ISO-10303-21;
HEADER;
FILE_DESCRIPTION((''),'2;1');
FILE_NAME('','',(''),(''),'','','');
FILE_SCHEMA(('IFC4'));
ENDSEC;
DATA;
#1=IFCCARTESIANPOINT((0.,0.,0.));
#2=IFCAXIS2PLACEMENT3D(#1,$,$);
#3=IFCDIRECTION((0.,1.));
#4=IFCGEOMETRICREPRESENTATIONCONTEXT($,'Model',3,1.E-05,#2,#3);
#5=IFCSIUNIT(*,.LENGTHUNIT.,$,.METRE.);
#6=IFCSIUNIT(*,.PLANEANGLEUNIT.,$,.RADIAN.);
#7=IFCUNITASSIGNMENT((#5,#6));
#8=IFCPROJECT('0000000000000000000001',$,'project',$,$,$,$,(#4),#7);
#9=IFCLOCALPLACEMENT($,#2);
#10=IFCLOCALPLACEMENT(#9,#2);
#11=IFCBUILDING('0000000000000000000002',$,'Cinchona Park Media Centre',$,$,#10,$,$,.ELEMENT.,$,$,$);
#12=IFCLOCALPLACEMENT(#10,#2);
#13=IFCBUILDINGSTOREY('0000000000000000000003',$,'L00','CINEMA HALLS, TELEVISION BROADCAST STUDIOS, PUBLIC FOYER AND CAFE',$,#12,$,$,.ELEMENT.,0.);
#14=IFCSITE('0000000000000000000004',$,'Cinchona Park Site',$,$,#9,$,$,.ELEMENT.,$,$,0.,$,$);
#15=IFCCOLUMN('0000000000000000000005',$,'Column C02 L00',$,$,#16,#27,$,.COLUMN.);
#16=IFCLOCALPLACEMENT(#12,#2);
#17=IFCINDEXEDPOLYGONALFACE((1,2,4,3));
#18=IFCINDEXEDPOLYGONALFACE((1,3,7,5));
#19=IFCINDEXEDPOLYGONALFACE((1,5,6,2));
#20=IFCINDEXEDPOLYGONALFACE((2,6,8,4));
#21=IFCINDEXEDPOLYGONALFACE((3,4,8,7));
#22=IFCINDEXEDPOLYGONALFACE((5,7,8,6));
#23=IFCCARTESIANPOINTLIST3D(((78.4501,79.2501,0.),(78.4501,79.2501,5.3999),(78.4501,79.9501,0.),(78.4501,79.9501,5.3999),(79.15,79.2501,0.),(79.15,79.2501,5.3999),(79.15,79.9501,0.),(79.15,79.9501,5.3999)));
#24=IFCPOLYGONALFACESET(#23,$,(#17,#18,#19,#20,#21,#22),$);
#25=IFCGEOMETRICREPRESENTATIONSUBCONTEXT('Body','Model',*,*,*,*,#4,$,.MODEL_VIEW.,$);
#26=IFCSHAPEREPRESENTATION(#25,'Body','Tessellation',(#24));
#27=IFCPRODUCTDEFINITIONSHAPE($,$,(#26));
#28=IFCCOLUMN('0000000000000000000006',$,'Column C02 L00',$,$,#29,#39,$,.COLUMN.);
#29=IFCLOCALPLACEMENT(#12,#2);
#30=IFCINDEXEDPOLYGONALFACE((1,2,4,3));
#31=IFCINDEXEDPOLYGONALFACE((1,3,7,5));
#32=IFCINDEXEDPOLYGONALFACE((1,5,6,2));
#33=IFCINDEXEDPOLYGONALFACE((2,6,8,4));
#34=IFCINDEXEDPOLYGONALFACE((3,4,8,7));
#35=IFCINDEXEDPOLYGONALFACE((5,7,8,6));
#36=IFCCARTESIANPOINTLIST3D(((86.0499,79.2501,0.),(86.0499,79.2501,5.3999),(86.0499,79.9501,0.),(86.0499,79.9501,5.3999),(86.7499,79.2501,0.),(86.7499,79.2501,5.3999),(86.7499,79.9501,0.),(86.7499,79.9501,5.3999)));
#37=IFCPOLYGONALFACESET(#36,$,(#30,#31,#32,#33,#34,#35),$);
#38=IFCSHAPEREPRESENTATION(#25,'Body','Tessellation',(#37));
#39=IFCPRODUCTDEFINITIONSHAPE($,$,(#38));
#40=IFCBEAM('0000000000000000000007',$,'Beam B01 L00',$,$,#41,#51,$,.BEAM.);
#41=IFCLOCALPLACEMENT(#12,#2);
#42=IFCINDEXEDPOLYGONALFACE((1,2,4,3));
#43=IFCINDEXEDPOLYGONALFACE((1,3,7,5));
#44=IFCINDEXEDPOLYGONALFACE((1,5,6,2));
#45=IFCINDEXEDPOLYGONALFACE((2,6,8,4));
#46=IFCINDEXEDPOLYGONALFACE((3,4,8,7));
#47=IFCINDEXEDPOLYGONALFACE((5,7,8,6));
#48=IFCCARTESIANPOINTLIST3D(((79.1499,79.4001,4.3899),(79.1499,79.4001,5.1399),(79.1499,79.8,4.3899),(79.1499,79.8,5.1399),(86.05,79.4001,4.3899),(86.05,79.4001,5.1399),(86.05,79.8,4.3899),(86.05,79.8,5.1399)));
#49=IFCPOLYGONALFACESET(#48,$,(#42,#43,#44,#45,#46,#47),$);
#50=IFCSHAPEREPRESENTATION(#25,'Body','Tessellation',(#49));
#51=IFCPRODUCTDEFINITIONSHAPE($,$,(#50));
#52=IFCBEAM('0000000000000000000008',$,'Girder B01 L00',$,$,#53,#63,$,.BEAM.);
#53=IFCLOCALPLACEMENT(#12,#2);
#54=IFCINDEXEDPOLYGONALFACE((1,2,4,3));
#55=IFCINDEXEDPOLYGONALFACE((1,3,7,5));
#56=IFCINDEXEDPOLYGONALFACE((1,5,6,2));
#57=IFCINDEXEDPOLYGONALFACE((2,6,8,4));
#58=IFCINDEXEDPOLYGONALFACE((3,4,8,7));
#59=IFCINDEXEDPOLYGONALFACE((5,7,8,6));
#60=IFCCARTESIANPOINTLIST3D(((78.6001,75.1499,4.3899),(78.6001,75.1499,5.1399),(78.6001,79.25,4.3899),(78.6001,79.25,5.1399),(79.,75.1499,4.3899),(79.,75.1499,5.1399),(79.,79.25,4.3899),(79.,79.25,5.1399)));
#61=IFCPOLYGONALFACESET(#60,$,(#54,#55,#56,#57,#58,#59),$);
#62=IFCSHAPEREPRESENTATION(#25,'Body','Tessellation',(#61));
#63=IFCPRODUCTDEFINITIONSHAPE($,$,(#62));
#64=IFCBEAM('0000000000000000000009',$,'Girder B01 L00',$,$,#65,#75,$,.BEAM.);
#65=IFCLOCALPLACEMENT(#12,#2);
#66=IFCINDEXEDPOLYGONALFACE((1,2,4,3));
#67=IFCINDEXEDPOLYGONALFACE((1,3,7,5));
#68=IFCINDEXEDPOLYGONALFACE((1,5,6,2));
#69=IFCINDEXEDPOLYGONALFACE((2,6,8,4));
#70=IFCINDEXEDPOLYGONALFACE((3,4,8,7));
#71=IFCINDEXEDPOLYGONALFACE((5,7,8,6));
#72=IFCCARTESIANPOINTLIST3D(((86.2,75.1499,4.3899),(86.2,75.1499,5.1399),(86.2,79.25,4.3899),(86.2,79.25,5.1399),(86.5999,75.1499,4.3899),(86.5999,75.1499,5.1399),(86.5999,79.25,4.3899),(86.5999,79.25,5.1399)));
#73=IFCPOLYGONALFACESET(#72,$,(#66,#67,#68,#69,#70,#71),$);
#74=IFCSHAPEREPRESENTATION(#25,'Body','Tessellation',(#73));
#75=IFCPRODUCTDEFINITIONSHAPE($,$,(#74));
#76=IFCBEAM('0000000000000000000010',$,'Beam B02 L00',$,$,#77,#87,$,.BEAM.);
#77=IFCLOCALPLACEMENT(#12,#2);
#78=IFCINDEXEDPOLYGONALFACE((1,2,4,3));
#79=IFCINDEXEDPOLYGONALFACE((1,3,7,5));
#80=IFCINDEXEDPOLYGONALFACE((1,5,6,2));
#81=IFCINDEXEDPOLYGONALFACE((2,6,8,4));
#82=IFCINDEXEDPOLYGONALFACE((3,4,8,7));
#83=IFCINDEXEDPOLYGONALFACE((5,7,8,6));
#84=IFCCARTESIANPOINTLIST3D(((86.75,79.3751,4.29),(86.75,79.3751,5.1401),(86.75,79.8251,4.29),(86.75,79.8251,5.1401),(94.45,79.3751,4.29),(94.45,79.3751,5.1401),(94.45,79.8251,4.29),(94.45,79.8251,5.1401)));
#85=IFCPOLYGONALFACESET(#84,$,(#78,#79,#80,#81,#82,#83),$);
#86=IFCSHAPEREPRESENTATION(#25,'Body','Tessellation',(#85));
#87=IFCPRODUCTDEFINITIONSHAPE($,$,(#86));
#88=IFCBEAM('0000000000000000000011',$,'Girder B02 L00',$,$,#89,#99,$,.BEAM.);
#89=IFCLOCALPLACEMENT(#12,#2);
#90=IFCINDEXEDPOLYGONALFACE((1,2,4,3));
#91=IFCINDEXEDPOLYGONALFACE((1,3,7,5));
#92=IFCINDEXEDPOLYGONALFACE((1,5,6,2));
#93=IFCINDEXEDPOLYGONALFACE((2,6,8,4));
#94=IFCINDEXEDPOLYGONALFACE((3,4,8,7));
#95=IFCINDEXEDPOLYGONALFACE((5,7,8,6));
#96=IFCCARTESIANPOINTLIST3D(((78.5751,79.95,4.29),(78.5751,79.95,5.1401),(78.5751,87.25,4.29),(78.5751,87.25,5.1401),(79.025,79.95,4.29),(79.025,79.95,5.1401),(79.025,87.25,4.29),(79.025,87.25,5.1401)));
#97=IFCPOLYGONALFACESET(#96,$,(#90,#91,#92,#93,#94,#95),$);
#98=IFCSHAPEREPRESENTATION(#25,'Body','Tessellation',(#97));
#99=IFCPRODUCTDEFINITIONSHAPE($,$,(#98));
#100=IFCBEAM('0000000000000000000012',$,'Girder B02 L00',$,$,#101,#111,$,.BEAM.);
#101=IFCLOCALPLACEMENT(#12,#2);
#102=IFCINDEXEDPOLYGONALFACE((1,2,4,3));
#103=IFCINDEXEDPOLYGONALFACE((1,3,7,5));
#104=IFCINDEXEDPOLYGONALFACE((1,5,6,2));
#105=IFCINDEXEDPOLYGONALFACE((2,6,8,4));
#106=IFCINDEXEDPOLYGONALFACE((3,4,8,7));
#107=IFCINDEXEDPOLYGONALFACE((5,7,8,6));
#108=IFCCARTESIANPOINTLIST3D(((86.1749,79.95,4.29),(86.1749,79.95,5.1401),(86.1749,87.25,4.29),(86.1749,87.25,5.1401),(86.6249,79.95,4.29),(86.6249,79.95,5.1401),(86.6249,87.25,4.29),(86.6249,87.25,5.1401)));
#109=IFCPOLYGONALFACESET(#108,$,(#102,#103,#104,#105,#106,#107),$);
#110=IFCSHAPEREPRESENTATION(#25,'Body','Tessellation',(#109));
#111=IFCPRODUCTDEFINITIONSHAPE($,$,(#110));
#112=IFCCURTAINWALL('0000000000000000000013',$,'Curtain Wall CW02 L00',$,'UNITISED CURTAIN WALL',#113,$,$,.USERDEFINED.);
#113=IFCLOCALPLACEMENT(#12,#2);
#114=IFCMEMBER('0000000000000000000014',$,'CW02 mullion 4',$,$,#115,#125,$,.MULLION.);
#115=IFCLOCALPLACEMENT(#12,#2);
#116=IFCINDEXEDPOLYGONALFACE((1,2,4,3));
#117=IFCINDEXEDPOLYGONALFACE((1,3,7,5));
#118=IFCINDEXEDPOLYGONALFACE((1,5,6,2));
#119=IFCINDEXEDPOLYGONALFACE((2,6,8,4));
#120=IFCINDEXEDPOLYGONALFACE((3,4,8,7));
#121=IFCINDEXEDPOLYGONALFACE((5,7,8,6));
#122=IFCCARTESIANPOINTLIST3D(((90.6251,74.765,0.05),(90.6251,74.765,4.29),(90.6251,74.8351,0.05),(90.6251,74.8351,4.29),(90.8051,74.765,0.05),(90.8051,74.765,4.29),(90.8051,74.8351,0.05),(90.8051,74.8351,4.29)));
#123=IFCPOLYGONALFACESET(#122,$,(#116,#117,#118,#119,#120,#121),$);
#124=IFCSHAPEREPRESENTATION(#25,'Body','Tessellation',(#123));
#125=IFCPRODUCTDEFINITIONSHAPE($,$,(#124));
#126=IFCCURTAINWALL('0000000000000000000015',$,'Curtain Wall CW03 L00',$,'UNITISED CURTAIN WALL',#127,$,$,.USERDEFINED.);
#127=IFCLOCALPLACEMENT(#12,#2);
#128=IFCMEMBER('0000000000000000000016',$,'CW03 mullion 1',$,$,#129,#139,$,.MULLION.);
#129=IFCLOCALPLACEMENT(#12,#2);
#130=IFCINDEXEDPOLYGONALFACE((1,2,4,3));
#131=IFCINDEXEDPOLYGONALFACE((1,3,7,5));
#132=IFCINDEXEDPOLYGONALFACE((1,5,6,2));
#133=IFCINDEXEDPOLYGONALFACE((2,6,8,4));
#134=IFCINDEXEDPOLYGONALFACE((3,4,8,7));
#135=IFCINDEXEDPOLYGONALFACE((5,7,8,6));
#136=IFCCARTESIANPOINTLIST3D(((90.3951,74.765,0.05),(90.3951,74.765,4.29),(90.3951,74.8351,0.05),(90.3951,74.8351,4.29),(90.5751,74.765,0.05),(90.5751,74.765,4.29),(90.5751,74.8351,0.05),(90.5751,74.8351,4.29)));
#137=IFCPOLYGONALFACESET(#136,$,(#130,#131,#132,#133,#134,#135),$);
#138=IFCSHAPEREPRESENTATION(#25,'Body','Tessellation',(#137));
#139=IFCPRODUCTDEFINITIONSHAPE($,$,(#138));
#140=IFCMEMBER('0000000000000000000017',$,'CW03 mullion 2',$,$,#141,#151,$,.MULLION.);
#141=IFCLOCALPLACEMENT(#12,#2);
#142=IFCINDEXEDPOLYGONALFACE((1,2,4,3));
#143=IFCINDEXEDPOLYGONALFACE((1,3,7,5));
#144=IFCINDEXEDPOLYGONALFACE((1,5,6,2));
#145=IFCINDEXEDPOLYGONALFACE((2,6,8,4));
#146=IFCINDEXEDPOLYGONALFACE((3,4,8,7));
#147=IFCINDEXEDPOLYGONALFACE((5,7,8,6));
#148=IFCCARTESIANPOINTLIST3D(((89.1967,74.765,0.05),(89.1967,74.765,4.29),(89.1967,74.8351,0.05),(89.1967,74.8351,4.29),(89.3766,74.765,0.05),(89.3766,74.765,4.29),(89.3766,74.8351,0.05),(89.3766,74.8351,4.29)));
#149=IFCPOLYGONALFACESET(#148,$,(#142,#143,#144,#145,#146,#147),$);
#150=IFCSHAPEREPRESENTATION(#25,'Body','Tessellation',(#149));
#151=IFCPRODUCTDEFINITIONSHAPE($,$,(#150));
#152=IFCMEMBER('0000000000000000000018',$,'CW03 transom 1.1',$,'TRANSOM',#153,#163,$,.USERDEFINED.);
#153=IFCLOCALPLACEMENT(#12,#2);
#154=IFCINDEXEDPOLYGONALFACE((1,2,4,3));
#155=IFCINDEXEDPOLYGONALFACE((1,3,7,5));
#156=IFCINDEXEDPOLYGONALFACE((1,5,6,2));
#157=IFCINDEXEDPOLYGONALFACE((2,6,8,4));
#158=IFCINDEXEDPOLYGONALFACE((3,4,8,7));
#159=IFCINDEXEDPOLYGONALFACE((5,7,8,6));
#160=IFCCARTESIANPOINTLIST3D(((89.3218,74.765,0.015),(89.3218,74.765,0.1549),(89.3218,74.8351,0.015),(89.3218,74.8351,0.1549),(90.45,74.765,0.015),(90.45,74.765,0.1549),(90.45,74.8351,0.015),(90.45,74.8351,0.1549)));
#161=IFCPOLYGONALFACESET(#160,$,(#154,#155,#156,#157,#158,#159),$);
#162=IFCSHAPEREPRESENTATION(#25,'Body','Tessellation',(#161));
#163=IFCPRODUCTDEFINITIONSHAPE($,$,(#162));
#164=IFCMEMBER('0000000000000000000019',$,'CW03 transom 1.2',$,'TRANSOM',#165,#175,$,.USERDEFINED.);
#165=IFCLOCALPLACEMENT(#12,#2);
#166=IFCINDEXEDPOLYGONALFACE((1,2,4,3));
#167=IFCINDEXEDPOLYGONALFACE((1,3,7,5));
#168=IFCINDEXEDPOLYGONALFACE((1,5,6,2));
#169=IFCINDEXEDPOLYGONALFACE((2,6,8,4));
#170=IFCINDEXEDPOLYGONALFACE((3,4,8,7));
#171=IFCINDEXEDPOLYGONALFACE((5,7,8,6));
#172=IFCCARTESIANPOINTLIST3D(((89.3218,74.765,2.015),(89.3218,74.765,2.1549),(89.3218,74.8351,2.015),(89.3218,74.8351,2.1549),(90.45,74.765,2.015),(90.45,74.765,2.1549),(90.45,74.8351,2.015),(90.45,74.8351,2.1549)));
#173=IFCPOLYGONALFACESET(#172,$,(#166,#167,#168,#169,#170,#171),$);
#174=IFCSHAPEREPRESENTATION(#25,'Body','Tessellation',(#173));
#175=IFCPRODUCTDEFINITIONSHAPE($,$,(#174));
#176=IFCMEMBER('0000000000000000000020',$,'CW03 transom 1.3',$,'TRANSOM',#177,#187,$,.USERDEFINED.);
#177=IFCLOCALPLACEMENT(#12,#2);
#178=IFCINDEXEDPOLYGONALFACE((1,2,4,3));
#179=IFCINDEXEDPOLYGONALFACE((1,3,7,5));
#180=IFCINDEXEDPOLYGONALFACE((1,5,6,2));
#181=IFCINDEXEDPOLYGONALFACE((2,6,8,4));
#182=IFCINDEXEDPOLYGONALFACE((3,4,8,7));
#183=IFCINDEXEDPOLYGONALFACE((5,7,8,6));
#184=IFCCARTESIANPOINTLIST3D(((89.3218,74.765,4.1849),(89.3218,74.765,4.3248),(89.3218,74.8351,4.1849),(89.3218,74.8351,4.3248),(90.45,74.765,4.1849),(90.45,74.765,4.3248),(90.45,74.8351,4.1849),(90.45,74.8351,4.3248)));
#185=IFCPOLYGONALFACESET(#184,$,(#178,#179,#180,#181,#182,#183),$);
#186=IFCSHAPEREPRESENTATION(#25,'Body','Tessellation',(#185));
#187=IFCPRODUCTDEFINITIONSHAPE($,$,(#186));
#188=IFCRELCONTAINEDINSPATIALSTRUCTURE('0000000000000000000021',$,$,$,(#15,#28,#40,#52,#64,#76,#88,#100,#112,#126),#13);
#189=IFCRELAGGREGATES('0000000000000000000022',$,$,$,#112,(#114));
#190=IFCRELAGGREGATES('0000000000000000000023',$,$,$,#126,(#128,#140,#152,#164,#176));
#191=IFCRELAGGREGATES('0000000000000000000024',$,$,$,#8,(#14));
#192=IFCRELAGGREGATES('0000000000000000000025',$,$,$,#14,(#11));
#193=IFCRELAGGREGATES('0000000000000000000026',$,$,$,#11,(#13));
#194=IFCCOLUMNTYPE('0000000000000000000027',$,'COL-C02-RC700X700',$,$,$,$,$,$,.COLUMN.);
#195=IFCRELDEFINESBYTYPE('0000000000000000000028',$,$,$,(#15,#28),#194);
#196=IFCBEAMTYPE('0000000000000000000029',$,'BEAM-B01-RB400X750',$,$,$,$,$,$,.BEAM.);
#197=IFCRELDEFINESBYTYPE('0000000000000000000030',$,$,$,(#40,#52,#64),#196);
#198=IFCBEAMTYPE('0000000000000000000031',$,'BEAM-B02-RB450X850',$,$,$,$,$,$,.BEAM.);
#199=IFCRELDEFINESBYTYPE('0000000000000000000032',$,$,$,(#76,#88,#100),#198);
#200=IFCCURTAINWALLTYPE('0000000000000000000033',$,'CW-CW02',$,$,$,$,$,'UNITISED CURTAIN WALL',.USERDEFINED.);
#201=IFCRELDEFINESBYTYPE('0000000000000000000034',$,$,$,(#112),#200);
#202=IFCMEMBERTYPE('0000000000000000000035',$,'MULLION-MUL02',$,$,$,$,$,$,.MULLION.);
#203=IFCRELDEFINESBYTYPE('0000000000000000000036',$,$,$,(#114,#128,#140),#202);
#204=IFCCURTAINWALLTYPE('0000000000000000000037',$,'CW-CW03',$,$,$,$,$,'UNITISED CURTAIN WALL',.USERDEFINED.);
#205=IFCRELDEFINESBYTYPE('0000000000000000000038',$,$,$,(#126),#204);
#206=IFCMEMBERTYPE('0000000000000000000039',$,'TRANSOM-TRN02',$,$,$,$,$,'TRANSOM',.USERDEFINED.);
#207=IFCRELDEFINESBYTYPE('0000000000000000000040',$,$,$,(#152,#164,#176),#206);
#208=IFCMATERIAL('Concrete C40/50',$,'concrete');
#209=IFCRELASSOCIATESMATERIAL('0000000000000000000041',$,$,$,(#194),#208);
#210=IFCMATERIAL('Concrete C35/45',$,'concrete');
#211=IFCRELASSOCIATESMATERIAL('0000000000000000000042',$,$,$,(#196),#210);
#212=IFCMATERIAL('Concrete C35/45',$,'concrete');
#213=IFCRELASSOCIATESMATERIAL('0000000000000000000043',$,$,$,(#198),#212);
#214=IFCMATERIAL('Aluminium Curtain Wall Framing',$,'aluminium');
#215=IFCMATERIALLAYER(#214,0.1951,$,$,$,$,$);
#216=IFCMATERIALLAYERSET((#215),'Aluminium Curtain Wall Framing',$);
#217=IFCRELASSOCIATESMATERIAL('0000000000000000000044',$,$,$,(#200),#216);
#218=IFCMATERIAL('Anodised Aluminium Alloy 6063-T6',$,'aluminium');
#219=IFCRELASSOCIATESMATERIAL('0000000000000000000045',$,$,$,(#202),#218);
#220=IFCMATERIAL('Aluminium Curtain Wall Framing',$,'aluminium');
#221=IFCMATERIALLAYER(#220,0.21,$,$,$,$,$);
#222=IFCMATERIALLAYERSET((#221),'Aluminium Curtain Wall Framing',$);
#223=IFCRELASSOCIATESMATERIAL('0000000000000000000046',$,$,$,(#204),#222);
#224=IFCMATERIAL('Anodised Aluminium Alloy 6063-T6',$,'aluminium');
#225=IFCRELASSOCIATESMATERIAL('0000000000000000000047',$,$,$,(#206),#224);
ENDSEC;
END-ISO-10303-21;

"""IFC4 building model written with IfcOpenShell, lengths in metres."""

from ifc_helpers import new_model, si_unit, direction, frame, origin, origin_2d, place, context, subcontext, project, spatial, rectangle, extrude, material, layer, layer_set, material_profile, profile_set, type_object, element, aggregate, save


model = new_model("IFC4")

# Units and contexts
model_context = context("Model", 3, precision=1e-05, world=origin(), true_north=direction((0.0, 1.0)))
body_context = subcontext(model_context, "Body", "Model", "MODEL_VIEW")
ifc_project = project(units=[si_unit("LENGTHUNIT", "METRE"), si_unit("PLANEANGLEUNIT", "RADIAN")], contexts=[model_context])

# Site, building, storey
site_placement = place(None, origin())
site = spatial("IfcSite", under=ifc_project, at=site_placement, Name="Cinchona Park Site", CompositionType="ELEMENT", RefElevation=0.0)
building_placement = place(site_placement, origin())
building = spatial("IfcBuilding", under=site, at=building_placement, Name="Cinchona Park Media Centre", CompositionType="ELEMENT")
storey_placement = place(building_placement, origin())
storey = spatial("IfcBuildingStorey", under=building, at=storey_placement, Name="L00", Description="CINEMA HALLS, TELEVISION BROADCAST STUDIOS, PUBLIC FOYER AND CAFE", CompositionType="ELEMENT", Elevation=0.0)

# Columns
ifc_material_1 = material(Name="Concrete C40/50", Category="concrete")
ifc_material_profile_1 = material_profile(ifc_material_1, rectangle(XDim=0.7, YDim=0.7, at=origin_2d()), Name="RC 700X700")
ifc_profile_set_1 = profile_set([ifc_material_profile_1], Name="Concrete C40/50")
column_type = type_object("IfcColumnType", Name="COL-C02-RC700X700", PredefinedType="COLUMN", material=ifc_profile_set_1)
for number, where, z_axis, x_axis, name in (
    (1, (78.8, 79.6001, 0.0), (0.0, 0.0, 1.0), (1.0, 0.0, 0.0), "Column C02 L00"),
    (2, (86.3999, 79.6001, 0.0), (0.0, 0.0, 1.0), (1.0, 0.0, 0.0), "Column C02 L00"),
):
    element("IfcColumn", number, at=place(storey_placement, frame(where, z_axis=z_axis, x_axis=x_axis)), inside=storey, type_object=column_type, Name=name, PredefinedType="COLUMN", context=body_context, shape_type="SweptSolid", body=[
        extrude(rectangle(XDim=0.7, YDim=0.7, at=origin_2d()), origin(), (0.0, 0.0, 1.0), 5.3999),
    ])

# Beams
ifc_material_2 = material(Name="Concrete C35/45", Category="concrete")
ifc_material_profile_2 = material_profile(ifc_material_2, rectangle(XDim=0.3999, YDim=0.75, at=origin_2d()), Name="RB 400X750")
ifc_profile_set_2 = profile_set([ifc_material_profile_2], Name="Concrete C35/45")
beam_type_1 = type_object("IfcBeamType", Name="BEAM-B01-RB400X750", PredefinedType="BEAM", material=ifc_profile_set_2)
beam_1_placement = place(storey_placement, frame((79.1499, 79.6001, 4.7649), z_axis=(1.0, 0.0, 0.0), x_axis=(0.0, 1.0, 0.0)))
element("IfcBeam", 3, at=beam_1_placement, inside=storey, type_object=beam_type_1, Name="Beam B01 L00", PredefinedType="BEAM", context=body_context, shape_type="SweptSolid", body=[
    extrude(rectangle(XDim=0.3999, YDim=0.75, at=origin_2d()), origin(), (0.0, 0.0, 1.0), 6.9001),
])
for number, where, z_axis, x_axis, name in (
    (4, (78.8, 75.1499, 4.7649), (0.0, 1.0, 0.0), (-1.0, 0.0, 0.0), "Girder B01 L00"),
    (5, (86.3999, 75.1499, 4.7649), (0.0, 1.0, 0.0), (-1.0, 0.0, 0.0), "Girder B01 L00"),
):
    element("IfcBeam", number, at=place(storey_placement, frame(where, z_axis=z_axis, x_axis=x_axis)), inside=storey, type_object=beam_type_1, Name=name, PredefinedType="BEAM", context=body_context, shape_type="SweptSolid", body=[
        extrude(rectangle(XDim=0.3999, YDim=0.75, at=origin_2d()), origin(), (0.0, 0.0, 1.0), 4.1001),
    ])
ifc_material_3 = material(Name="Concrete C35/45", Category="concrete")
ifc_material_profile_3 = material_profile(ifc_material_3, rectangle(XDim=0.45, YDim=0.8501, at=origin_2d()), Name="RB 450X850")
ifc_profile_set_3 = profile_set([ifc_material_profile_3], Name="Concrete C35/45")
beam_type_2 = type_object("IfcBeamType", Name="BEAM-B02-RB450X850", PredefinedType="BEAM", material=ifc_profile_set_3)
beam_2_placement = place(storey_placement, frame((86.75, 79.6001, 4.7151), z_axis=(1.0, 0.0, 0.0), x_axis=(0.0, 1.0, 0.0)))
element("IfcBeam", 6, at=beam_2_placement, inside=storey, type_object=beam_type_2, Name="Beam B02 L00", PredefinedType="BEAM", context=body_context, shape_type="SweptSolid", body=[
    extrude(rectangle(XDim=0.45, YDim=0.8501, at=origin_2d()), origin(), (0.0, 0.0, 1.0), 7.7),
])
for number, where, z_axis, x_axis, name in (
    (7, (78.8, 79.95, 4.7151), (0.0, 1.0, 0.0), (-1.0, 0.0, 0.0), "Girder B02 L00"),
    (8, (86.3999, 79.95, 4.7151), (0.0, 1.0, 0.0), (-1.0, 0.0, 0.0), "Girder B02 L00"),
):
    element("IfcBeam", number, at=place(storey_placement, frame(where, z_axis=z_axis, x_axis=x_axis)), inside=storey, type_object=beam_type_2, Name=name, PredefinedType="BEAM", context=body_context, shape_type="SweptSolid", body=[
        extrude(rectangle(XDim=0.45, YDim=0.8501, at=origin_2d()), origin(), (0.0, 0.0, 1.0), 7.3),
    ])

# Curtain wall, member
ifc_material_4 = material(Name="Aluminium Curtain Wall Framing", Category="aluminium")
ifc_layer_1 = layer(ifc_material_4, 0.1951)
ifc_layer_set_1 = layer_set([ifc_layer_1], Name="Aluminium Curtain Wall Framing")
curtain_wall_type_1 = type_object("IfcCurtainWallType", Name="CW-CW02", ElementType="UNITISED CURTAIN WALL", PredefinedType="USERDEFINED", material=ifc_layer_set_1)
curtain_wall_1_placement = place(storey_placement, origin())
curtain_wall_1 = element("IfcCurtainWall", 9, at=curtain_wall_1_placement, inside=storey, type_object=curtain_wall_type_1, Name="Curtain Wall CW02 L00", ObjectType="UNITISED CURTAIN WALL", PredefinedType="USERDEFINED")
ifc_material_5 = material(Name="Anodised Aluminium Alloy 6063-T6", Category="aluminium")
ifc_material_profile_4 = material_profile(ifc_material_5, rectangle(XDim=0.0701, YDim=0.1799, at=origin_2d()), Name="MUL-70X180")
ifc_profile_set_4 = profile_set([ifc_material_profile_4], Name="Anodised Aluminium Alloy 6063-T6")
member_type_1 = type_object("IfcMemberType", Name="MULLION-MUL02", PredefinedType="MULLION", material=ifc_profile_set_4)
member_1_placement = place(storey_placement, frame((90.7151, 74.8, 0.05), z_axis=(0.0, 0.0, 1.0), x_axis=(0.0, -1.0, 0.0)))
member_1 = element("IfcMember", 10, at=member_1_placement, type_object=member_type_1, Name="CW02 mullion 4", PredefinedType="MULLION", context=body_context, shape_type="SweptSolid", body=[
    extrude(rectangle(XDim=0.0701, YDim=0.1799, at=origin_2d()), origin(), (0.0, 0.0, 1.0), 4.24),
])

# Curtain wall, members
ifc_material_6 = material(Name="Aluminium Curtain Wall Framing", Category="aluminium")
ifc_layer_2 = layer(ifc_material_6, 0.21)
ifc_layer_set_2 = layer_set([ifc_layer_2], Name="Aluminium Curtain Wall Framing")
curtain_wall_type_2 = type_object("IfcCurtainWallType", Name="CW-CW03", ElementType="UNITISED CURTAIN WALL", PredefinedType="USERDEFINED", material=ifc_layer_set_2)
curtain_wall_2_placement = place(storey_placement, origin())
curtain_wall_2 = element("IfcCurtainWall", 11, at=curtain_wall_2_placement, inside=storey, type_object=curtain_wall_type_2, Name="Curtain Wall CW03 L00", ObjectType="UNITISED CURTAIN WALL", PredefinedType="USERDEFINED")
member_2_placement = place(storey_placement, frame((90.4851, 74.8, 0.05), z_axis=(0.0, 0.0, 1.0), x_axis=(0.0, -1.0, 0.0)))
member_2 = element("IfcMember", 12, at=member_2_placement, type_object=member_type_1, Name="CW03 mullion 1", PredefinedType="MULLION", context=body_context, shape_type="SweptSolid", body=[
    extrude(rectangle(XDim=0.0701, YDim=0.1799, at=origin_2d()), origin(), (0.0, 0.0, 1.0), 4.24),
])
member_3_placement = place(storey_placement, frame((89.2866, 74.8, 0.05), z_axis=(0.0, 0.0, 1.0), x_axis=(0.0, -1.0, 0.0)))
member_3 = element("IfcMember", 13, at=member_3_placement, type_object=member_type_1, Name="CW03 mullion 2", PredefinedType="MULLION", context=body_context, shape_type="SweptSolid", body=[
    extrude(rectangle(XDim=0.0701, YDim=0.1799, at=origin_2d()), origin(), (0.0, 0.0, 1.0), 4.24),
])
ifc_material_7 = material(Name="Anodised Aluminium Alloy 6063-T6", Category="aluminium")
ifc_material_profile_5 = material_profile(ifc_material_7, rectangle(XDim=0.0701, YDim=0.1399, at=origin_2d()), Name="TRN-70X140")
ifc_profile_set_5 = profile_set([ifc_material_profile_5], Name="Anodised Aluminium Alloy 6063-T6")
member_type_2 = type_object("IfcMemberType", Name="TRANSOM-TRN02", ElementType="TRANSOM", PredefinedType="USERDEFINED", material=ifc_profile_set_5)
member_4_placement = place(storey_placement, frame((90.45, 74.8, 0.085), z_axis=(-1.0, 0.0, 0.0), x_axis=(0.0, -1.0, 0.0)))
member_4 = element("IfcMember", 14, at=member_4_placement, type_object=member_type_2, Name="CW03 transom 1.1", ObjectType="TRANSOM", PredefinedType="USERDEFINED", context=body_context, shape_type="SweptSolid", body=[
    extrude(rectangle(XDim=0.0701, YDim=0.1399, at=origin_2d()), origin(), (0.0, 0.0, 1.0), 1.1282),
])
member_5_placement = place(storey_placement, frame((90.45, 74.8, 2.085), z_axis=(-1.0, 0.0, 0.0), x_axis=(0.0, -1.0, 0.0)))
member_5 = element("IfcMember", 15, at=member_5_placement, type_object=member_type_2, Name="CW03 transom 1.2", ObjectType="TRANSOM", PredefinedType="USERDEFINED", context=body_context, shape_type="SweptSolid", body=[
    extrude(rectangle(XDim=0.0701, YDim=0.1399, at=origin_2d()), origin(), (0.0, 0.0, 1.0), 1.1282),
])
member_6_placement = place(storey_placement, frame((90.45, 74.8, 4.2549), z_axis=(-1.0, 0.0, 0.0), x_axis=(0.0, -1.0, 0.0)))
member_6 = element("IfcMember", 16, at=member_6_placement, type_object=member_type_2, Name="CW03 transom 1.3", ObjectType="TRANSOM", PredefinedType="USERDEFINED", context=body_context, shape_type="SweptSolid", body=[
    extrude(rectangle(XDim=0.0701, YDim=0.1399, at=origin_2d()), origin(), (0.0, 0.0, 1.0), 1.1282),
])

aggregate(curtain_wall_1, [member_1])
aggregate(curtain_wall_2, [member_2, member_3, member_4, member_5, member_6])

save(model, "model.ifc")
